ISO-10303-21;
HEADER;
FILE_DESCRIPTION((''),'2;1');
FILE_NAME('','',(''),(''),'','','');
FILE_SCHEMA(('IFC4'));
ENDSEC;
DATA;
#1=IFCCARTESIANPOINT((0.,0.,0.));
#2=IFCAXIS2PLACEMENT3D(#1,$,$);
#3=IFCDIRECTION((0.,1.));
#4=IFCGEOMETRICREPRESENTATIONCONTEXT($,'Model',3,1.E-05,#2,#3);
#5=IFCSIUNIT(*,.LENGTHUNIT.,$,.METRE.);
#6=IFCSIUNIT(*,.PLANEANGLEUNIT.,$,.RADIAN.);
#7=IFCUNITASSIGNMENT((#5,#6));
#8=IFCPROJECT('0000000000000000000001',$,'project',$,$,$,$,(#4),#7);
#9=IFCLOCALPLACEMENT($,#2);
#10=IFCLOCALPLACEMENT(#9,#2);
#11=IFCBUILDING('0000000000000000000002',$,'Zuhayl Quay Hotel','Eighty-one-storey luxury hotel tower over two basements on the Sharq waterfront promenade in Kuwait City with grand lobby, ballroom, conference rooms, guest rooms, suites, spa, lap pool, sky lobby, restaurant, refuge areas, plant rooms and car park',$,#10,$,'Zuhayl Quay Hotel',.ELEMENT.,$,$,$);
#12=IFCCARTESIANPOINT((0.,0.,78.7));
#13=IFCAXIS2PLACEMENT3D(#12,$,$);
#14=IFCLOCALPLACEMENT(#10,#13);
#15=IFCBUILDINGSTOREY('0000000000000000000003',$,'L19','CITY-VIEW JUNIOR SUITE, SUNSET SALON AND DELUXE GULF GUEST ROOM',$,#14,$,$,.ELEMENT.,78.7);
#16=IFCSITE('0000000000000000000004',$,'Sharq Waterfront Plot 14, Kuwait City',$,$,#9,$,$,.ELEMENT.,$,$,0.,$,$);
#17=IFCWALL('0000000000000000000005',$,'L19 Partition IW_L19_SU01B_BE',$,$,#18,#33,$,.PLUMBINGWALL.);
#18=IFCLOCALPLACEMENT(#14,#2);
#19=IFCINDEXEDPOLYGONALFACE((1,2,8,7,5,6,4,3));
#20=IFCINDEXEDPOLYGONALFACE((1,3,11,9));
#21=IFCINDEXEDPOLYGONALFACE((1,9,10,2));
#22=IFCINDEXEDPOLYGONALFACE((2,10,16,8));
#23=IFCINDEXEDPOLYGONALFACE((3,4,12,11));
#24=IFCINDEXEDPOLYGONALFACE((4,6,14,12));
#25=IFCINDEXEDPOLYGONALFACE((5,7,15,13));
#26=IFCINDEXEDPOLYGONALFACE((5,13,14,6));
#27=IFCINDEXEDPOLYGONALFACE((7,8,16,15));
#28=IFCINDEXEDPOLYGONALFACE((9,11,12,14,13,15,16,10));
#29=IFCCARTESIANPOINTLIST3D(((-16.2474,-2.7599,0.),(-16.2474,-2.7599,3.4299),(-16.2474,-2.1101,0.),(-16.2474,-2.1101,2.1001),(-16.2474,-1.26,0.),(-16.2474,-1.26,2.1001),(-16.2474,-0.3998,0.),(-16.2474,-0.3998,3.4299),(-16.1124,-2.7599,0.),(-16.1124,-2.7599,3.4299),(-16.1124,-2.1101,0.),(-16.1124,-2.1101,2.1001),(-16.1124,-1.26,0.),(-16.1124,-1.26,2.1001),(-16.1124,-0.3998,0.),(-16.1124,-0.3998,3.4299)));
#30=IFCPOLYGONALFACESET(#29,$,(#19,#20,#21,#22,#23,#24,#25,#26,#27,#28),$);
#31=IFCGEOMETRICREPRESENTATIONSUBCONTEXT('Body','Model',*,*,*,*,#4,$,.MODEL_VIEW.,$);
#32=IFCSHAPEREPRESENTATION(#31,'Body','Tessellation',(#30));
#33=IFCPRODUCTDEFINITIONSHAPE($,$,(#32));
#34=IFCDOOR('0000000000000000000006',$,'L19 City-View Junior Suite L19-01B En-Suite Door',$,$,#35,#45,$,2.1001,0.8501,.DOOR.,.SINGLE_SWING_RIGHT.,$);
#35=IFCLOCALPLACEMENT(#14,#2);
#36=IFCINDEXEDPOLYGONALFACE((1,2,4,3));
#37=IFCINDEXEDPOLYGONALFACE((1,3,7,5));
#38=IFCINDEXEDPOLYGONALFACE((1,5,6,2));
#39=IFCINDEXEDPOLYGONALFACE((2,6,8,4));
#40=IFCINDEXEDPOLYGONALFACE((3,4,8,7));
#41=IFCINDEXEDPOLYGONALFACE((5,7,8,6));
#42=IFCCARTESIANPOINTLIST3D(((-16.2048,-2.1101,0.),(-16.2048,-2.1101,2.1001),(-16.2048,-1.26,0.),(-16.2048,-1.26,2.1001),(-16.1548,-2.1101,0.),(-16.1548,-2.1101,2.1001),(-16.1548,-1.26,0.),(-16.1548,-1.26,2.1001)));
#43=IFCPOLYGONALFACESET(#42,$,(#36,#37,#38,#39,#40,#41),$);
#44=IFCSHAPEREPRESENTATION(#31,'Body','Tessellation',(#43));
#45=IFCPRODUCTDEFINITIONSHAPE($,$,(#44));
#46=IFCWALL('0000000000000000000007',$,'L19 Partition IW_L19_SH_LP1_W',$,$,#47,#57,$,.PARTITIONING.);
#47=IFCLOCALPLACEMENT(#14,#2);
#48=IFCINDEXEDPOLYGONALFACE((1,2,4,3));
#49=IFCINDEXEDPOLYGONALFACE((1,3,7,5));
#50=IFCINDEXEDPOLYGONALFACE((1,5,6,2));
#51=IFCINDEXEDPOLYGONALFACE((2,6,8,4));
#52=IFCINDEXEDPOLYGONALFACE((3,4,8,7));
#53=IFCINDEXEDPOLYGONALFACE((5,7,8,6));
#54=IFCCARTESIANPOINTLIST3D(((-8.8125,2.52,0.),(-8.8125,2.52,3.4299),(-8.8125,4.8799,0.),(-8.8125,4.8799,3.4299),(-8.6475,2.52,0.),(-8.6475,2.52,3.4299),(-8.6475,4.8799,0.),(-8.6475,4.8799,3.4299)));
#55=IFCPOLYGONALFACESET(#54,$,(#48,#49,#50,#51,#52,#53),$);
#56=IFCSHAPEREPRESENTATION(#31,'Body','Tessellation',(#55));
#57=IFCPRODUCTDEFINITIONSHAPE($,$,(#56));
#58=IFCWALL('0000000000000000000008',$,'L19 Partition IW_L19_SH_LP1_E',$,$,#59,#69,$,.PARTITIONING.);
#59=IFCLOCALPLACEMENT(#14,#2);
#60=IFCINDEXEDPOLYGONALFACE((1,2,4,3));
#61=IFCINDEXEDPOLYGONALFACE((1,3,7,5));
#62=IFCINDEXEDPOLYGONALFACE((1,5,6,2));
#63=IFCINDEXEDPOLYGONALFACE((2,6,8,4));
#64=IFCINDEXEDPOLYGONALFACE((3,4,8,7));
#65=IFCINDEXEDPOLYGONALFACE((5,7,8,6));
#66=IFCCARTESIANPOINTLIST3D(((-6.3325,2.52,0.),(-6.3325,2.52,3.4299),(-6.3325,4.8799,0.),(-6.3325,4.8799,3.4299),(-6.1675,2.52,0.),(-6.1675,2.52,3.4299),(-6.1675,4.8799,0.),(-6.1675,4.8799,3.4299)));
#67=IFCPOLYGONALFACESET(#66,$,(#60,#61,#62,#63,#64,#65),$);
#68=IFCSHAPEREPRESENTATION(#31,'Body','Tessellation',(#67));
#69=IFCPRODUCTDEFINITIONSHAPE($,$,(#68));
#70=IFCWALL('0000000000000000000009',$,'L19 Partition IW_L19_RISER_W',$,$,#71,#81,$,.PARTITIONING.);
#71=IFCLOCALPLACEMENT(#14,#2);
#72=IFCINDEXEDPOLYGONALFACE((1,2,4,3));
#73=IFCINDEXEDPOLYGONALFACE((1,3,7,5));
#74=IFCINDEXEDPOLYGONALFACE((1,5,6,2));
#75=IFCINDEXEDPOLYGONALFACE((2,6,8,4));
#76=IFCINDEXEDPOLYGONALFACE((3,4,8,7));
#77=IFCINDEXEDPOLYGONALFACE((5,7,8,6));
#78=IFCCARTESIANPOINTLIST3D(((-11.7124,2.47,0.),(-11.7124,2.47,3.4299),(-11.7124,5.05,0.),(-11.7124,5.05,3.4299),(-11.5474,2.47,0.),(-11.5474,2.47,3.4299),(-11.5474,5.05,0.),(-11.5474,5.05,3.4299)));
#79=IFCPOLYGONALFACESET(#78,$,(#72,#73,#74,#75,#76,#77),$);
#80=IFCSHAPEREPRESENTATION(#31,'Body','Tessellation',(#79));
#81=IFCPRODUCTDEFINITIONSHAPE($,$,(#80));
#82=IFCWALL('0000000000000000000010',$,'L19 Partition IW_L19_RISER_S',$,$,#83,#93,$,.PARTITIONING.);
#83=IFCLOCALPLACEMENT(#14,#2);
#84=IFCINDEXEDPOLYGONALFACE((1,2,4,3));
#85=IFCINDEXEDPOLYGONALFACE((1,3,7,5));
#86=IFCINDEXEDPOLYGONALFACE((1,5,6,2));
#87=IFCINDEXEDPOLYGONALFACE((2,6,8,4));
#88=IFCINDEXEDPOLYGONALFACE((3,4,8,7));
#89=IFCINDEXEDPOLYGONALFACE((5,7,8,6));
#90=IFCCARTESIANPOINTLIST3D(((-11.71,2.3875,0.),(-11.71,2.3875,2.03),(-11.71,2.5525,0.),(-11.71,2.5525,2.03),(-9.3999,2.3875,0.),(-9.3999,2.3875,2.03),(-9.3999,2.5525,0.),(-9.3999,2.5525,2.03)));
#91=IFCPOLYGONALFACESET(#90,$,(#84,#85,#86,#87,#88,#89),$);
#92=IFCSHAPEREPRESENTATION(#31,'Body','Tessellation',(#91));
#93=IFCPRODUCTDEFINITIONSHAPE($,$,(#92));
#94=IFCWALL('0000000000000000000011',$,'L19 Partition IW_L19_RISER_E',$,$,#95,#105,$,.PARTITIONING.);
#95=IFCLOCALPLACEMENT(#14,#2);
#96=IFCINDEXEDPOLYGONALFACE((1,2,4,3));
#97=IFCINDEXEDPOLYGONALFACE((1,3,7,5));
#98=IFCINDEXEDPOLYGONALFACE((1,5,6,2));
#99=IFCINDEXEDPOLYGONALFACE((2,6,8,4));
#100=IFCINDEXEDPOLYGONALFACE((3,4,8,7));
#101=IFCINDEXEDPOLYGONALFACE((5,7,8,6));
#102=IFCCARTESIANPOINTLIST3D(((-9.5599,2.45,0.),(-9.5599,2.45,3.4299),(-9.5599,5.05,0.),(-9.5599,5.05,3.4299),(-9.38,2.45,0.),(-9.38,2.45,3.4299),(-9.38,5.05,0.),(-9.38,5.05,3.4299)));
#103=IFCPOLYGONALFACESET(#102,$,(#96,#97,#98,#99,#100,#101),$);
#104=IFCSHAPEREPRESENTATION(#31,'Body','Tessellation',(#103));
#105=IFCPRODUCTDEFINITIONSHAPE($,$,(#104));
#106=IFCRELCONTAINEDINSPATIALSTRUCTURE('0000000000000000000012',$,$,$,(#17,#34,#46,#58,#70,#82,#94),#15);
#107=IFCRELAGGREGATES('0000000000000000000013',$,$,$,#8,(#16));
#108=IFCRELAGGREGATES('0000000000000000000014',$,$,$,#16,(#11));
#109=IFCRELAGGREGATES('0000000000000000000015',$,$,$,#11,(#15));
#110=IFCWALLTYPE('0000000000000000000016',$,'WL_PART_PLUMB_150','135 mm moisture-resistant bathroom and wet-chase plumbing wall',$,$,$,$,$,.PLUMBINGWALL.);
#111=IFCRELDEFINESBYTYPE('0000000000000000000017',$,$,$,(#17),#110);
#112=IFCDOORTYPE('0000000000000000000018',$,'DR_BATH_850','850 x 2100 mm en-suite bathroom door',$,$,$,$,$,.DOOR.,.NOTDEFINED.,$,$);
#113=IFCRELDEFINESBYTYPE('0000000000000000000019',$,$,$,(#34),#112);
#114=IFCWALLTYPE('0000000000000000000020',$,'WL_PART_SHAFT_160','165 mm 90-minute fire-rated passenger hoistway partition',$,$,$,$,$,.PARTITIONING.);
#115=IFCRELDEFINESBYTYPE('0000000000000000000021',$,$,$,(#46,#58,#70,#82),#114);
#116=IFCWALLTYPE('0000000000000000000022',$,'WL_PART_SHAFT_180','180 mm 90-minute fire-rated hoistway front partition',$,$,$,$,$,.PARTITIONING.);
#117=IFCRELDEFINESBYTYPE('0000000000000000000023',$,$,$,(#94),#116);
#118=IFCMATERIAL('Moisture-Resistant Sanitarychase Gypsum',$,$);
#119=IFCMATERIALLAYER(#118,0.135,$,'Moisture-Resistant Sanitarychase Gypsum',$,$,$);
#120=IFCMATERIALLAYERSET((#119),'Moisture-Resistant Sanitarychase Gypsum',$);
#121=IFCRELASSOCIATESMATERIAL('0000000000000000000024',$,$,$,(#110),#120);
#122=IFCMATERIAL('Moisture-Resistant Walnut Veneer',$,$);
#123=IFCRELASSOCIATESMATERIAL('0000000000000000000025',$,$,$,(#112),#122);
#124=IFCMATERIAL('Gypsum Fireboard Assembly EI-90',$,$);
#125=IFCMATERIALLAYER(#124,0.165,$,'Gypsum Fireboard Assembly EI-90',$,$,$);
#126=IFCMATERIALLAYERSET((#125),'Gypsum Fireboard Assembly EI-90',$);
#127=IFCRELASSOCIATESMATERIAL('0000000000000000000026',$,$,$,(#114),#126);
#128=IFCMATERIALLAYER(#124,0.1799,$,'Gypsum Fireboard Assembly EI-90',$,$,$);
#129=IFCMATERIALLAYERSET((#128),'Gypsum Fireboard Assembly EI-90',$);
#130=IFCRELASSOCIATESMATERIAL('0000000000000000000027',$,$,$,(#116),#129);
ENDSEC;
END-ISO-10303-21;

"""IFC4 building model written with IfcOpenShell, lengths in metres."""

from ifc_helpers import new_model, si_unit, direction, frame, frame_2d, origin, place, context, subcontext, project, spatial, rectangle, extrude, material, layer, layer_set, type_object, element, fill, save


model = new_model("IFC4")

# Units and contexts
model_context = context("Model", 3, precision=1e-05, world=origin(), true_north=direction((0.0, 1.0)))
body_context = subcontext(model_context, "Body", "Model", "MODEL_VIEW")
ifc_project = project(units=[si_unit("LENGTHUNIT", "METRE"), si_unit("PLANEANGLEUNIT", "RADIAN")], contexts=[model_context])

# Site, building, storey
site_placement = place(None, origin())
site = spatial("IfcSite", under=ifc_project, at=site_placement, Name="Sharq Waterfront Plot 14, Kuwait City", CompositionType="ELEMENT", RefElevation=0.0)
building_placement = place(site_placement, origin())
building = spatial("IfcBuilding", under=site, at=building_placement, Name="Zuhayl Quay Hotel", Description="Eighty-one-storey luxury hotel tower over two basements on the Sharq waterfront promenade in Kuwait City with grand lobby, ballroom, conference rooms, guest rooms, suites, spa, lap pool, sky lobby, restaurant, refuge areas, plant rooms and car park", LongName="Zuhayl Quay Hotel", CompositionType="ELEMENT")
storey_placement = place(building_placement, frame((0.0, 0.0, 78.7)))
storey = spatial("IfcBuildingStorey", under=building, at=storey_placement, Name="L19", Description="CITY-VIEW JUNIOR SUITE, SUNSET SALON AND DELUXE GULF GUEST ROOM", CompositionType="ELEMENT", Elevation=78.7)

# Wall, opening, door
ifc_material_1 = material(Name="Moisture-Resistant Sanitarychase Gypsum")
ifc_layer_1 = layer(ifc_material_1, 0.135, Name="Moisture-Resistant Sanitarychase Gypsum")
ifc_layer_set_1 = layer_set([ifc_layer_1], Name="Moisture-Resistant Sanitarychase Gypsum")
wall_type_1 = type_object("IfcWallType", Name="WL_PART_PLUMB_150", Description="135 mm moisture-resistant bathroom and wet-chase plumbing wall", PredefinedType="PLUMBINGWALL", material=ifc_layer_set_1)
wall_1_placement = place(storey_placement, frame((-16.1799, -2.76, 0.0), z_axis=(0.0, 0.0, 1.0), x_axis=(0.0, 1.0, 0.0)))
wall_1 = element("IfcWall", 1, at=wall_1_placement, inside=storey, type_object=wall_type_1, Name="L19 Partition IW_L19_SU01B_BE", PredefinedType="PLUMBINGWALL", context=body_context, shape_type="SweptSolid", body=[
    extrude(rectangle(XDim=2.3601, YDim=0.135, at=frame_2d((1.1802, 0.0))), origin(), (0.0, 0.0, 1.0), 3.4299),
])
opening_1_placement = place(wall_1_placement, frame((0.6499, 0.0, 0.0)))
opening_1 = element("IfcOpeningElement", 2, at=opening_1_placement, cuts=wall_1, PredefinedType="OPENING", context=body_context, shape_type="SweptSolid", body=[
    extrude(rectangle(XDim=0.8501, YDim=2.1001, at=frame_2d((0.425, 1.05))), frame((0.0, 0.0774, 0.0), z_axis=(0.0, -1.0, 0.0), x_axis=(1.0, 0.0, 0.0)), (0.0, 0.0, 1.0), 0.155),
])
ifc_material_2 = material(Name="Moisture-Resistant Walnut Veneer")
door_type_1 = type_object("IfcDoorType", Name="DR_BATH_850", Description="850 x 2100 mm en-suite bathroom door", OperationType="NOTDEFINED", PredefinedType="DOOR", material=ifc_material_2)
door_1_placement = place(opening_1_placement, origin())
door_1 = element("IfcDoor", 3, at=door_1_placement, inside=storey, type_object=door_type_1, Name="L19 City-View Junior Suite L19-01B En-Suite Door", OperationType="SINGLE_SWING_RIGHT", OverallHeight=2.1001, OverallWidth=0.8501, PredefinedType="DOOR", context=body_context, shape_type="SweptSolid", body=[
    extrude(rectangle(XDim=0.8501, YDim=2.1001, at=frame_2d((0.425, 1.05))), frame((0.0, 0.0249, 0.0), z_axis=(0.0, -1.0, 0.0), x_axis=(1.0, 0.0, 0.0)), (0.0, 0.0, 1.0), 0.05),
])
fill(opening_1, door_1)

# Walls
ifc_material_3 = material(Name="Gypsum Fireboard Assembly EI-90")
ifc_layer_2 = layer(ifc_material_3, 0.165, Name="Gypsum Fireboard Assembly EI-90")
ifc_layer_set_2 = layer_set([ifc_layer_2], Name="Gypsum Fireboard Assembly EI-90")
wall_type_2 = type_object("IfcWallType", Name="WL_PART_SHAFT_160", Description="165 mm 90-minute fire-rated passenger hoistway partition", PredefinedType="PARTITIONING", material=ifc_layer_set_2)
for number, where, z_axis, x_axis, name in (
    (4, (-8.73, 2.52, 0.0), (0.0, 0.0, 1.0), (0.0, 1.0, 0.0), "L19 Partition IW_L19_SH_LP1_W"),
    (5, (-6.25, 2.52, 0.0), (0.0, 0.0, 1.0), (0.0, 1.0, 0.0), "L19 Partition IW_L19_SH_LP1_E"),
):
    element("IfcWall", number, at=place(storey_placement, frame(where, z_axis=z_axis, x_axis=x_axis)), inside=storey, type_object=wall_type_2, Name=name, PredefinedType="PARTITIONING", context=body_context, shape_type="SweptSolid", body=[
        extrude(rectangle(XDim=2.3599, YDim=0.165, at=frame_2d((1.1799, 0.0))), origin(), (0.0, 0.0, 1.0), 3.4299),
    ])
wall_2_placement = place(storey_placement, frame((-11.6299, 2.47, 0.0), z_axis=(0.0, 0.0, 1.0), x_axis=(0.0, 1.0, 0.0)))
element("IfcWall", 6, at=wall_2_placement, inside=storey, type_object=wall_type_2, Name="L19 Partition IW_L19_RISER_W", PredefinedType="PARTITIONING", context=body_context, shape_type="SweptSolid", body=[
    extrude(rectangle(XDim=2.5801, YDim=0.165, at=frame_2d((1.29, 0.0))), origin(), (0.0, 0.0, 1.0), 3.4299),
])
wall_3_placement = place(storey_placement, frame((-11.71, 2.47, 0.0), z_axis=(0.0, 0.0, 1.0), x_axis=(1.0, 0.0, 0.0)))
element("IfcWall", 7, at=wall_3_placement, inside=storey, type_object=wall_type_2, Name="L19 Partition IW_L19_RISER_S", PredefinedType="PARTITIONING", context=body_context, shape_type="SweptSolid", body=[
    extrude(rectangle(XDim=2.3101, YDim=0.165, at=frame_2d((1.155, 0.0))), origin(), (0.0, 0.0, 1.0), 2.03),
])
ifc_layer_3 = layer(ifc_material_3, 0.1799, Name="Gypsum Fireboard Assembly EI-90")
ifc_layer_set_3 = layer_set([ifc_layer_3], Name="Gypsum Fireboard Assembly EI-90")
wall_type_3 = type_object("IfcWallType", Name="WL_PART_SHAFT_180", Description="180 mm 90-minute fire-rated hoistway front partition", PredefinedType="PARTITIONING", material=ifc_layer_set_3)
wall_4_placement = place(storey_placement, frame((-9.47, 2.45, 0.0), z_axis=(0.0, 0.0, 1.0), x_axis=(0.0, 1.0, 0.0)))
element("IfcWall", 8, at=wall_4_placement, inside=storey, type_object=wall_type_3, Name="L19 Partition IW_L19_RISER_E", PredefinedType="PARTITIONING", context=body_context, shape_type="SweptSolid", body=[
    extrude(rectangle(XDim=2.6001, YDim=0.1799, at=frame_2d((1.3, 0.0))), origin(), (0.0, 0.0, 1.0), 3.4299),
])

save(model, "model.ifc")
